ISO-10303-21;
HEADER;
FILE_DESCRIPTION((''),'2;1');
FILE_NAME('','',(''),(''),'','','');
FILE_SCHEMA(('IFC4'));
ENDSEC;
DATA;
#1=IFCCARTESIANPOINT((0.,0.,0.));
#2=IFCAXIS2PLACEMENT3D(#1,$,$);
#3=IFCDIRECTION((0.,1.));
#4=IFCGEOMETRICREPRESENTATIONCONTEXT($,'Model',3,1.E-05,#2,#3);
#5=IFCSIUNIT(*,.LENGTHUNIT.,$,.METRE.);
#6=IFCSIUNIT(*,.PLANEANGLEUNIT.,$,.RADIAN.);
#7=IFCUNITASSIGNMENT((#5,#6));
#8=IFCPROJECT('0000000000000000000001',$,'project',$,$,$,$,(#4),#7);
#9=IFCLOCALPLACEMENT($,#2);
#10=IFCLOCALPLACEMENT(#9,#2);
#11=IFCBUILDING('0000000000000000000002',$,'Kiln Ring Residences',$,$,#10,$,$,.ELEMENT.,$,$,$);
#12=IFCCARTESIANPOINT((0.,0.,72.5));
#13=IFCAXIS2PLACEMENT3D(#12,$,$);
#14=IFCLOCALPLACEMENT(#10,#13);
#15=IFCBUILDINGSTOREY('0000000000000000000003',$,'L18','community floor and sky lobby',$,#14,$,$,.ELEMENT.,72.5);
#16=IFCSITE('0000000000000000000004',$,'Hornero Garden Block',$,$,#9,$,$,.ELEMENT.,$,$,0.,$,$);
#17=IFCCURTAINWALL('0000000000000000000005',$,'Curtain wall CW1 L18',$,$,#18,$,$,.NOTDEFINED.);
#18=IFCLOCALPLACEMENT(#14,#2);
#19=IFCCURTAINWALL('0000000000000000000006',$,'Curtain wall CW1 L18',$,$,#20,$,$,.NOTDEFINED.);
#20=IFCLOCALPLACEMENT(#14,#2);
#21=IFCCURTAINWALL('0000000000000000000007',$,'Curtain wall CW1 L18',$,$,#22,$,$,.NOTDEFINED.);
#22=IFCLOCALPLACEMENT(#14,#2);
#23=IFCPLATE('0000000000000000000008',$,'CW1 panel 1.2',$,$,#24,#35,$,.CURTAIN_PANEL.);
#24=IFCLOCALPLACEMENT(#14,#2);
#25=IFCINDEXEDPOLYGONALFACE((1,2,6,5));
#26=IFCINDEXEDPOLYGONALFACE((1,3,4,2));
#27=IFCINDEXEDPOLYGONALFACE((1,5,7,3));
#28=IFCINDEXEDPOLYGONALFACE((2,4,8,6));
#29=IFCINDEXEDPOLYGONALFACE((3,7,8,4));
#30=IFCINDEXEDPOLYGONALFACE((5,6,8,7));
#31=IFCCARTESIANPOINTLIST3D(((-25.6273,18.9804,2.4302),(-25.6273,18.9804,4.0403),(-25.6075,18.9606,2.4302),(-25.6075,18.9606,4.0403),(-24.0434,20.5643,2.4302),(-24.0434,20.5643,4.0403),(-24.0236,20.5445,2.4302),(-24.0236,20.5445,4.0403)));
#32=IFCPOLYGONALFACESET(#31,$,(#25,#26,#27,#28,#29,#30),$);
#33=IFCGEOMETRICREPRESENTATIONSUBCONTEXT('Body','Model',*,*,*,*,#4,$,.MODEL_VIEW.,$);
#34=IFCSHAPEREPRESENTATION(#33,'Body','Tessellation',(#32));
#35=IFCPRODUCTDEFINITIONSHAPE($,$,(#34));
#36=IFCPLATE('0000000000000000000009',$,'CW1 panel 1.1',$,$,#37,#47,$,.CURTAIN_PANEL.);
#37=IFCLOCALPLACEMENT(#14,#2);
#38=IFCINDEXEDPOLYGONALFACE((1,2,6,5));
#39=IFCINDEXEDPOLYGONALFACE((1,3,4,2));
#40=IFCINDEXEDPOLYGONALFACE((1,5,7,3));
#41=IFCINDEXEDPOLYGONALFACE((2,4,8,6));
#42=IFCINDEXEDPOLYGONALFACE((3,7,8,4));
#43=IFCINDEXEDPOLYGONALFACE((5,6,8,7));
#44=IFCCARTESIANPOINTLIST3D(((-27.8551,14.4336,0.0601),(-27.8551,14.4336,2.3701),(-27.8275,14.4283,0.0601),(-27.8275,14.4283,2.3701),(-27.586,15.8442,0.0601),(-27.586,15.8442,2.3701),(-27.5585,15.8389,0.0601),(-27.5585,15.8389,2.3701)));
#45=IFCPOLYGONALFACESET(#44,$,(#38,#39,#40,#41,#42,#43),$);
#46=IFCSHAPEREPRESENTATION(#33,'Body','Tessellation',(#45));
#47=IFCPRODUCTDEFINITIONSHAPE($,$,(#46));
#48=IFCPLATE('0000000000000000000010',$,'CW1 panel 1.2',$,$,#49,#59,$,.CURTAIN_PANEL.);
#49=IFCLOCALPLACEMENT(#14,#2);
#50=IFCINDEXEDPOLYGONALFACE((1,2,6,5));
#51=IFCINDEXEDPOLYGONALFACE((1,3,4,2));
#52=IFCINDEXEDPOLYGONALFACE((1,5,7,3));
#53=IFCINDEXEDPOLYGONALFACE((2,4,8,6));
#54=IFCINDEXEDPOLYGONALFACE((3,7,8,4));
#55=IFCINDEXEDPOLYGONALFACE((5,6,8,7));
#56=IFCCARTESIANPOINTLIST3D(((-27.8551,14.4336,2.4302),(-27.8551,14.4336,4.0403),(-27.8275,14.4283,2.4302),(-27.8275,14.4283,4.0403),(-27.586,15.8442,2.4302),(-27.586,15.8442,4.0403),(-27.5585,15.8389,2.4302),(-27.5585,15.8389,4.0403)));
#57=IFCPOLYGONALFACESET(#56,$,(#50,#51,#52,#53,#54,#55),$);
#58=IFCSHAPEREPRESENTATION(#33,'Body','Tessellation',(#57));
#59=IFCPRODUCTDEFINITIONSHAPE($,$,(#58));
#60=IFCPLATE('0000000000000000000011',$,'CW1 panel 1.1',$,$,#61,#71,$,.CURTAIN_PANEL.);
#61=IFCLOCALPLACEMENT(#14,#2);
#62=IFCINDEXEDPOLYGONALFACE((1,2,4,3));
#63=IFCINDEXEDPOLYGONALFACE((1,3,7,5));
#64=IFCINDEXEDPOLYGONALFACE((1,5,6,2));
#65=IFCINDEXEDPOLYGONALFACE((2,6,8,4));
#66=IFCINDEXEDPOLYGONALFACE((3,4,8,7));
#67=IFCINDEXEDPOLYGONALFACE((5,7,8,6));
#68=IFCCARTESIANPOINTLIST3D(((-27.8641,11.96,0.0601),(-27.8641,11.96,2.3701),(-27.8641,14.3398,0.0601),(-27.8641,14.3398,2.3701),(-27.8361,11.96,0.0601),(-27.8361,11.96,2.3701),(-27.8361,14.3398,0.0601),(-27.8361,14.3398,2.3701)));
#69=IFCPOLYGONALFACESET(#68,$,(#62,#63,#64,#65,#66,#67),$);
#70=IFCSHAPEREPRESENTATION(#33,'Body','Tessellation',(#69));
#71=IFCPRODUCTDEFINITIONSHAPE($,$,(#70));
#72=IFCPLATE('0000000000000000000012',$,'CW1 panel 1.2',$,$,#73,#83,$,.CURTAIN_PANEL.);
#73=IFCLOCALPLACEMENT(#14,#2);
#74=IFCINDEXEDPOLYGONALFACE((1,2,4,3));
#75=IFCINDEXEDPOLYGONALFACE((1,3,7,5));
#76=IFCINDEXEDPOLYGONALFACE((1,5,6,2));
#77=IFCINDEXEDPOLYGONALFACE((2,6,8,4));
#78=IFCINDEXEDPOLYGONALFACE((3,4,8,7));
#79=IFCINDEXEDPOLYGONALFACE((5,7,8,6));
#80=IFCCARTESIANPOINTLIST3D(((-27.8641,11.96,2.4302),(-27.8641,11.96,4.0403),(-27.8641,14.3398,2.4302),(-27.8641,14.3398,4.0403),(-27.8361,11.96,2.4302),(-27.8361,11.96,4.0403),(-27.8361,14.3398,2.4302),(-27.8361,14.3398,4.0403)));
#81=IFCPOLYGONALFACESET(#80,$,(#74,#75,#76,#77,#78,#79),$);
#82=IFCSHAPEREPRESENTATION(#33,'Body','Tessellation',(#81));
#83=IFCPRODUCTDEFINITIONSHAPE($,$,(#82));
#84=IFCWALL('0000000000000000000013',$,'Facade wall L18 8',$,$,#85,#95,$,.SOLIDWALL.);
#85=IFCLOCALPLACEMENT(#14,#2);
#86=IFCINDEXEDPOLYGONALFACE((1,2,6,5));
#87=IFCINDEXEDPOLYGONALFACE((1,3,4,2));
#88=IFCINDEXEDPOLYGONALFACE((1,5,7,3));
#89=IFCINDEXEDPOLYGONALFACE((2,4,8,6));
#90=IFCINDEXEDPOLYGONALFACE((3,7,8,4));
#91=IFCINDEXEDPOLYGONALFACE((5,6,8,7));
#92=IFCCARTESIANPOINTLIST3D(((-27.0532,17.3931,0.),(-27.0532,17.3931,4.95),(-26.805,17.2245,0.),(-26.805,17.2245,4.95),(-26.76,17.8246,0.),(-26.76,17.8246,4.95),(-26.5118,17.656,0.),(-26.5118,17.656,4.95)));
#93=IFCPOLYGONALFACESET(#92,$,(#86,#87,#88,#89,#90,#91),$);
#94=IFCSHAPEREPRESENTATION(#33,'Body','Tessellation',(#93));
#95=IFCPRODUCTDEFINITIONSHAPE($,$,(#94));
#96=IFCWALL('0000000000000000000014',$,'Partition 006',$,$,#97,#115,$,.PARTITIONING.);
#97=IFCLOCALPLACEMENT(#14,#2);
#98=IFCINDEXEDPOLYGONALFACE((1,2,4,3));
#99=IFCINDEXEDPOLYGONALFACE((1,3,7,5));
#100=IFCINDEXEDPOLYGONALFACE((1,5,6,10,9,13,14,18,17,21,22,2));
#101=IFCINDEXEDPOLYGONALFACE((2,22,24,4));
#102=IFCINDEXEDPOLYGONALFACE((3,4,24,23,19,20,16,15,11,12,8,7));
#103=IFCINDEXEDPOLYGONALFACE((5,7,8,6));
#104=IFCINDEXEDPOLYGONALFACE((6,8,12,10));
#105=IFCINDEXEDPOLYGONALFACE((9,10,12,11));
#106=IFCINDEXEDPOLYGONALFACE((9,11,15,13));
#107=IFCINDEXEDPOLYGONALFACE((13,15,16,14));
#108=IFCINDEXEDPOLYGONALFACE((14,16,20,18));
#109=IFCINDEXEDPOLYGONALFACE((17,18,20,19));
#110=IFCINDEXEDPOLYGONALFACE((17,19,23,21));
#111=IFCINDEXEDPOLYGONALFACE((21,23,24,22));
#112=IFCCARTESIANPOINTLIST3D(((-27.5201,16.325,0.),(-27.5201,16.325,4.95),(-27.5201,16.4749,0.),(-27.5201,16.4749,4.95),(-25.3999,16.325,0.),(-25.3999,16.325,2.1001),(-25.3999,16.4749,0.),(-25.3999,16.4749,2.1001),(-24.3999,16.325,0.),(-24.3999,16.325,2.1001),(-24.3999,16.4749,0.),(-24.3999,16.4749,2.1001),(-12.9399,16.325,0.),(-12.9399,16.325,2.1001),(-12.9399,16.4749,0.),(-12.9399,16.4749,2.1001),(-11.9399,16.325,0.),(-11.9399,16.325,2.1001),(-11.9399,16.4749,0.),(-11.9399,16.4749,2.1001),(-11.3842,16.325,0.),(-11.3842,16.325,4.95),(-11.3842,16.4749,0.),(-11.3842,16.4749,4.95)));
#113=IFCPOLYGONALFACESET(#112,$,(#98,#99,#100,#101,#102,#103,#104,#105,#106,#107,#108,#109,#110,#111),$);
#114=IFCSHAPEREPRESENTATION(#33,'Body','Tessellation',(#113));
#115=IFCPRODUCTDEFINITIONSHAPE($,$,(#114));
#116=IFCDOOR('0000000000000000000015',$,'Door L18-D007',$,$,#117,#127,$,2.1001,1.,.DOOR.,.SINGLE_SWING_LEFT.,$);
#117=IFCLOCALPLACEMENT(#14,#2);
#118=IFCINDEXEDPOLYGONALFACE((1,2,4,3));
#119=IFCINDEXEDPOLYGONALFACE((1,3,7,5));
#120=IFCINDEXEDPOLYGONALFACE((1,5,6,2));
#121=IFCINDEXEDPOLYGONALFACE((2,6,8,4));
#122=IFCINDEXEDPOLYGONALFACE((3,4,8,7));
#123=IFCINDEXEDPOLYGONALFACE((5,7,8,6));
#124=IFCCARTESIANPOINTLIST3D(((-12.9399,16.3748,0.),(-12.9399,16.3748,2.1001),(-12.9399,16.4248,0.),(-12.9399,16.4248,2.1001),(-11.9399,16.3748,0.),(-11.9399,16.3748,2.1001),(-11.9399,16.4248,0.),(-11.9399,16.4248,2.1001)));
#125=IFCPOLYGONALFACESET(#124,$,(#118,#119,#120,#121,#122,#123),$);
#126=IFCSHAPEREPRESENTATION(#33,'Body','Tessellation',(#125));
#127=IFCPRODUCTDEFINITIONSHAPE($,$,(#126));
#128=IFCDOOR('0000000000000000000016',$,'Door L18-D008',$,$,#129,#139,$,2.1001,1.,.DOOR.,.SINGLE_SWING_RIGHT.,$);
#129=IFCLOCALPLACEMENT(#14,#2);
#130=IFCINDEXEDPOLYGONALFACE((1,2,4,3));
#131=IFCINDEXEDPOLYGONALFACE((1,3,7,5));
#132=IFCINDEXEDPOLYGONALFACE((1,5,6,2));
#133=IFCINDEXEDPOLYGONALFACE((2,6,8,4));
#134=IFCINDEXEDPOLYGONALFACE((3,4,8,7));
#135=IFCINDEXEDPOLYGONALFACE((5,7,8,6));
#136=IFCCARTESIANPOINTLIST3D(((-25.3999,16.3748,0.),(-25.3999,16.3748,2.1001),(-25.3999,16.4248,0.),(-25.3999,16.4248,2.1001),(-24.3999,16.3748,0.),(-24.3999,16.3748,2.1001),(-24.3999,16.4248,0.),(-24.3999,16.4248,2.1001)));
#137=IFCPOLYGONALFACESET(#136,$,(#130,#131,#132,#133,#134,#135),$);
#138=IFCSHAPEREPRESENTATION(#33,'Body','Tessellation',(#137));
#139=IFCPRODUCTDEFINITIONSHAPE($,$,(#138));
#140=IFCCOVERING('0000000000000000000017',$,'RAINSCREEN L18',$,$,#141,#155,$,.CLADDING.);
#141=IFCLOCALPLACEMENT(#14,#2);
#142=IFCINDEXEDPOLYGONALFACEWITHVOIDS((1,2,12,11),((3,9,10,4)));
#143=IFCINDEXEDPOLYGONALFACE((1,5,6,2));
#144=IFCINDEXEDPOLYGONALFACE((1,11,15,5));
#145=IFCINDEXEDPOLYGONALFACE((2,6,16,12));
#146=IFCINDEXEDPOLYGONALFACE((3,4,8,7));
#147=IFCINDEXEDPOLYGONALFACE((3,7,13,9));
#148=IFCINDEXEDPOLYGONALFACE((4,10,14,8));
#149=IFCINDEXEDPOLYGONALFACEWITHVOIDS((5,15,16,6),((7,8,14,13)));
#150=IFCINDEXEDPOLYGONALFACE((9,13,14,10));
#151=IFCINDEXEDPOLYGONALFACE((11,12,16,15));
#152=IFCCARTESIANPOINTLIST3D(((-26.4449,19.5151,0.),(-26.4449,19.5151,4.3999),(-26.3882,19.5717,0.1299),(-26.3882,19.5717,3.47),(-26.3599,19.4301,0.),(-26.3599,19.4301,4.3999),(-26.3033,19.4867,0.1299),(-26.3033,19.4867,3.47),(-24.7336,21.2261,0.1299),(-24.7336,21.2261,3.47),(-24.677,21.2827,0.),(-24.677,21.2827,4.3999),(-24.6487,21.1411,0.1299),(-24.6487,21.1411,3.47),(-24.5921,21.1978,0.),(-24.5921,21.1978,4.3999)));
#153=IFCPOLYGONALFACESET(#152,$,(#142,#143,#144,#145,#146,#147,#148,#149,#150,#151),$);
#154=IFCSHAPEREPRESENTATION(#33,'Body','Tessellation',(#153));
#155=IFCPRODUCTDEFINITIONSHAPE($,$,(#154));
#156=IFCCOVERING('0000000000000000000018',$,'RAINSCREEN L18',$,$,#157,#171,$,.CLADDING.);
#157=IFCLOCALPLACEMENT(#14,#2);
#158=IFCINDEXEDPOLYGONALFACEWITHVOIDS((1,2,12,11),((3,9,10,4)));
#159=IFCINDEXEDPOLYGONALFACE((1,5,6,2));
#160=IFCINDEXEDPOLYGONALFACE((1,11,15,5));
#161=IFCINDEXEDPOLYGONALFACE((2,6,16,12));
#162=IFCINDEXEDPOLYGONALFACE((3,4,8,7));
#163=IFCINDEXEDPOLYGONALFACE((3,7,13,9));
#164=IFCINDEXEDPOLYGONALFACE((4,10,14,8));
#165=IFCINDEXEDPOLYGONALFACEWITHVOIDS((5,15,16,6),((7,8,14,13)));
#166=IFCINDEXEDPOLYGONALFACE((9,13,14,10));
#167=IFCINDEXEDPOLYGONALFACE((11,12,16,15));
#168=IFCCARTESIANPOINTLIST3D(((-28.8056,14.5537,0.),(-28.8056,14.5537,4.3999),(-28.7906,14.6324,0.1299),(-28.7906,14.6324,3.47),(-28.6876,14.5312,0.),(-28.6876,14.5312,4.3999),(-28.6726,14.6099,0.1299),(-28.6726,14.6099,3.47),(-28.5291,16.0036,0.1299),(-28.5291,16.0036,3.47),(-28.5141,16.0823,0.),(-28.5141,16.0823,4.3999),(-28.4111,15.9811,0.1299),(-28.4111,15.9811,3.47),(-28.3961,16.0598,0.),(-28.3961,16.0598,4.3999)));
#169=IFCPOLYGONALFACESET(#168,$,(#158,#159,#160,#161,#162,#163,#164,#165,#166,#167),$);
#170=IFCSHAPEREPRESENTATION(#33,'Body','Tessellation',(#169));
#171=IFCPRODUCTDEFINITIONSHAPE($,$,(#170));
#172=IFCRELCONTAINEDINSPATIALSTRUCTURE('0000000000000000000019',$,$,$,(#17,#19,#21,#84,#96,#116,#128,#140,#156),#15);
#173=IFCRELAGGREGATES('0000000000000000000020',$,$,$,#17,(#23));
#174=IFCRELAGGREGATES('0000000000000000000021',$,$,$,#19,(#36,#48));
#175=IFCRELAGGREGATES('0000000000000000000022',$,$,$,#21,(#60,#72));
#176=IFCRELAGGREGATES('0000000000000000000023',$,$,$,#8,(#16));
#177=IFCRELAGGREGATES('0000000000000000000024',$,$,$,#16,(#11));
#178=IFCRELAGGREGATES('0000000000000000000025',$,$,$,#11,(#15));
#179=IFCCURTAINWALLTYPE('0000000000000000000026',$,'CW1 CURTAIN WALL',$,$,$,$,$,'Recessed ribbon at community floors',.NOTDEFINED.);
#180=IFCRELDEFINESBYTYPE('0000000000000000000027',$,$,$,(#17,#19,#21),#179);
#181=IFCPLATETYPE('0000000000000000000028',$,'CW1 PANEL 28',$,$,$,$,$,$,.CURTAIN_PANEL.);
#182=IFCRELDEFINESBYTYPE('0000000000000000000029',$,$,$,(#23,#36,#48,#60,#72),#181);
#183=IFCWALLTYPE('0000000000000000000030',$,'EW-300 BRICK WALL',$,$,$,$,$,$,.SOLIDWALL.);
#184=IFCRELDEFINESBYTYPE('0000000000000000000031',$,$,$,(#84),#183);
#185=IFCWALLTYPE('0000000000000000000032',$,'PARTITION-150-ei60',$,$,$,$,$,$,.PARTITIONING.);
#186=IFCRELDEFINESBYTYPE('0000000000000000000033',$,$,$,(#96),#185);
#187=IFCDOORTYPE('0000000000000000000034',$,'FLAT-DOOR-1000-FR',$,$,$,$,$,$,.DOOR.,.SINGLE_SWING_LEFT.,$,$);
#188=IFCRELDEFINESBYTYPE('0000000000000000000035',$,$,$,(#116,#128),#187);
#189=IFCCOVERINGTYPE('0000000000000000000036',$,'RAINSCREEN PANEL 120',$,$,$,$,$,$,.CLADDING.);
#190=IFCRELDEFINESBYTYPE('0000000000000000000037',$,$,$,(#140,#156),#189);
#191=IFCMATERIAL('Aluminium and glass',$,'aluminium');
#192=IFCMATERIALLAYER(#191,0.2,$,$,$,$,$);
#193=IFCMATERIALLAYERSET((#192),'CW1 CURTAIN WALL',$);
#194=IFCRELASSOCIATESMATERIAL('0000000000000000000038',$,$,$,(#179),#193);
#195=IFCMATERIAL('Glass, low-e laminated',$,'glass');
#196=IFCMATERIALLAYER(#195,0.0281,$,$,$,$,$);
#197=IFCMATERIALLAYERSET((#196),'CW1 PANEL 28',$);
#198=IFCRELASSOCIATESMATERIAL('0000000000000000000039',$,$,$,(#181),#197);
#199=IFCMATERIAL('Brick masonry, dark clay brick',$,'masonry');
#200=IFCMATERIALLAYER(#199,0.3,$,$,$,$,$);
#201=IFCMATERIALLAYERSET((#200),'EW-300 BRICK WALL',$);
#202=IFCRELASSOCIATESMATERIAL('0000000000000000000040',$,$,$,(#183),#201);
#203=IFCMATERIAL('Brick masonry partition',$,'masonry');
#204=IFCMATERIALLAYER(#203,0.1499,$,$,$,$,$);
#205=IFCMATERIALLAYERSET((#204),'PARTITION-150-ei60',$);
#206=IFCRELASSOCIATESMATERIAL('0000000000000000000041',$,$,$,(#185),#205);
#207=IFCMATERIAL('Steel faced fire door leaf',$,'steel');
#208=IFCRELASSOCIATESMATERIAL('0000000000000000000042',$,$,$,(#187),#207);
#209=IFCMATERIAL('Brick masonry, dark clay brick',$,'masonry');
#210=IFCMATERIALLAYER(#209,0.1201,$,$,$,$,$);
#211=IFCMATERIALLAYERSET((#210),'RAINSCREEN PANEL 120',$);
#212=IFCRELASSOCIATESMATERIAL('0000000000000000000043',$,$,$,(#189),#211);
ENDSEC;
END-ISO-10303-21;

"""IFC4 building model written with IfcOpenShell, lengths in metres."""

from ifc_helpers import new_model, si_unit, direction, frame, frame_2d, origin, origin_2d, place, context, subcontext, project, spatial, polyline, rectangle, outline, extrude, material, layer, layer_set, type_object, element, fill, aggregate, save


model = new_model("IFC4")

# Units and contexts
model_context = context("Model", 3, precision=1e-05, world=origin(), true_north=direction((0.0, 1.0)))
body_context = subcontext(model_context, "Body", "Model", "MODEL_VIEW")
ifc_project = project(units=[si_unit("LENGTHUNIT", "METRE"), si_unit("PLANEANGLEUNIT", "RADIAN")], contexts=[model_context])

# Site, building, storey
site_placement = place(None, origin())
site = spatial("IfcSite", under=ifc_project, at=site_placement, Name="Hornero Garden Block", CompositionType="ELEMENT", RefElevation=0.0)
building_placement = place(site_placement, origin())
building = spatial("IfcBuilding", under=site, at=building_placement, Name="Kiln Ring Residences", CompositionType="ELEMENT")
storey_placement = place(building_placement, frame((0.0, 0.0, 72.5)))
storey = spatial("IfcBuildingStorey", under=building, at=storey_placement, Name="L18", Description="community floor and sky lobby", CompositionType="ELEMENT", Elevation=72.5)

# Curtain wall
ifc_material_1 = material(Name="Aluminium and glass", Category="aluminium")
ifc_layer_1 = layer(ifc_material_1, 0.2)
ifc_layer_set_1 = layer_set([ifc_layer_1], Name="CW1 CURTAIN WALL")
curtain_wall_type = type_object("IfcCurtainWallType", Name="CW1 CURTAIN WALL", ElementType="Recessed ribbon at community floors", PredefinedType="NOTDEFINED", material=ifc_layer_set_1)
placement = place(storey_placement, origin())
curtain_wall_1 = element("IfcCurtainWall", 1, at=placement, inside=storey, type_object=curtain_wall_type, Name="Curtain wall CW1 L18", PredefinedType="NOTDEFINED")

# Curtain wall
curtain_wall_2 = element("IfcCurtainWall", 2, at=placement, inside=storey, type_object=curtain_wall_type, Name="Curtain wall CW1 L18", PredefinedType="NOTDEFINED")

# Curtain wall
curtain_wall_3 = element("IfcCurtainWall", 3, at=placement, inside=storey, type_object=curtain_wall_type, Name="Curtain wall CW1 L18", PredefinedType="NOTDEFINED")

# Plates
ifc_material_2 = material(Name="Glass, low-e laminated", Category="glass")
ifc_layer_2 = layer(ifc_material_2, 0.0281)
ifc_layer_set_2 = layer_set([ifc_layer_2], Name="CW1 PANEL 28")
plate_type = type_object("IfcPlateType", Name="CW1 PANEL 28", PredefinedType="CURTAIN_PANEL", material=ifc_layer_set_2)
plate_1_placement = place(storey_placement, frame((-24.8254, 19.7625, 2.4302), z_axis=(0.0, 0.0, 1.0), x_axis=(-0.707107, -0.707107, 0.0)))
plate_1 = element("IfcPlate", 4, at=plate_1_placement, type_object=plate_type, Name="CW1 panel 1.2", PredefinedType="CURTAIN_PANEL", context=body_context, shape_type="SweptSolid", body=[
    extrude(rectangle(XDim=2.24, YDim=0.0281, at=origin_2d()), origin(), (0.0, 0.0, 1.0), 1.6101),
])
aggregate(curtain_wall_1, [plate_1])
plate_2_placement = place(storey_placement, frame((-27.7068, 15.1362, 0.0601), z_axis=(0.0, 0.0, 1.0), x_axis=(-0.187366, -0.98229, 0.0)))
plate_2 = element("IfcPlate", 5, at=plate_2_placement, type_object=plate_type, Name="CW1 panel 1.1", PredefinedType="CURTAIN_PANEL", context=body_context, shape_type="SweptSolid", body=[
    extrude(rectangle(XDim=1.436, YDim=0.0281, at=origin_2d()), origin(), (0.0, 0.0, 1.0), 2.3101),
])
plate_3_placement = place(storey_placement, frame((-27.7068, 15.1362, 2.4302), z_axis=(0.0, 0.0, 1.0), x_axis=(-0.187366, -0.98229, 0.0)))
plate_3 = element("IfcPlate", 6, at=plate_3_placement, type_object=plate_type, Name="CW1 panel 1.2", PredefinedType="CURTAIN_PANEL", context=body_context, shape_type="SweptSolid", body=[
    extrude(rectangle(XDim=1.436, YDim=0.0281, at=origin_2d()), origin(), (0.0, 0.0, 1.0), 1.6101),
])
aggregate(curtain_wall_2, [plate_2, plate_3])
plate_4_placement = place(storey_placement, frame((-27.8501, 13.1499, 0.0601), z_axis=(0.0, 0.0, 1.0), x_axis=(0.0, -1.0, 0.0)))
plate_4 = element("IfcPlate", 7, at=plate_4_placement, type_object=plate_type, Name="CW1 panel 1.1", PredefinedType="CURTAIN_PANEL", context=body_context, shape_type="SweptSolid", body=[
    extrude(rectangle(XDim=2.3799, YDim=0.0281, at=origin_2d()), origin(), (0.0, 0.0, 1.0), 2.3101),
])
plate_5_placement = place(storey_placement, frame((-27.8501, 13.1499, 2.4302), z_axis=(0.0, 0.0, 1.0), x_axis=(0.0, -1.0, 0.0)))
plate_5 = element("IfcPlate", 8, at=plate_5_placement, type_object=plate_type, Name="CW1 panel 1.2", PredefinedType="CURTAIN_PANEL", context=body_context, shape_type="SweptSolid", body=[
    extrude(rectangle(XDim=2.3799, YDim=0.0281, at=origin_2d()), origin(), (0.0, 0.0, 1.0), 1.6101),
])
aggregate(curtain_wall_3, [plate_4, plate_5])

# Wall
ifc_material_3 = material(Name="Brick masonry, dark clay brick", Category="masonry")
ifc_layer_3 = layer(ifc_material_3, 0.3)
ifc_layer_set_3 = layer_set([ifc_layer_3], Name="EW-300 BRICK WALL")
wall_type_1 = type_object("IfcWallType", Name="EW-300 BRICK WALL", PredefinedType="SOLIDWALL", material=ifc_layer_set_3)
wall_1_placement = place(storey_placement, frame((-26.636, 17.7402, 0.0), z_axis=(0.0, 0.0, 1.0), x_axis=(-0.561913, -0.827196, 0.0)))
element("IfcWall", 9, at=wall_1_placement, inside=storey, type_object=wall_type_1, Name="Facade wall L18 8", PredefinedType="SOLIDWALL", context=body_context, shape_type="SweptSolid", body=[
    extrude(rectangle(XDim=0.5217, YDim=0.3, at=frame_2d((0.2607, 0.0))), origin(), (0.0, 0.0, 1.0), 4.95),
])

# Wall, openings, doors
ifc_material_4 = material(Name="Brick masonry partition", Category="masonry")
ifc_layer_4 = layer(ifc_material_4, 0.1499)
ifc_layer_set_4 = layer_set([ifc_layer_4], Name="PARTITION-150-ei60")
wall_type_2 = type_object("IfcWallType", Name="PARTITION-150-ei60", PredefinedType="PARTITIONING", material=ifc_layer_set_4)
wall_2_placement = place(storey_placement, frame((-27.52, 16.3999, 0.0), z_axis=(0.0, 0.0, 1.0), x_axis=(1.0, 0.0, 0.0)))
wall_2 = element("IfcWall", 10, at=wall_2_placement, inside=storey, type_object=wall_type_2, Name="Partition 006", PredefinedType="PARTITIONING", context=body_context, shape_type="SweptSolid", body=[
    extrude(rectangle(XDim=16.136, YDim=0.1499, at=frame_2d((8.0679, 0.0))), origin(), (0.0, 0.0, 1.0), 4.95),
])
opening_1_placement = place(wall_2_placement, frame((14.5801, 0.0, 0.0)))
opening_1 = element("IfcOpeningElement", 11, at=opening_1_placement, cuts=wall_2, PredefinedType="OPENING", context=body_context, shape_type="SweptSolid", body=[
    extrude(rectangle(XDim=1.0, YDim=2.1001, at=frame_2d((0.5, 1.05))), frame((0.0, 0.085, 0.0), z_axis=(0.0, -1.0, 0.0), x_axis=(1.0, 0.0, 0.0)), (0.0, 0.0, 1.0), 0.1699),
])
opening_2_placement = place(wall_2_placement, frame((2.1201, 0.0, 0.0)))
opening_2 = element("IfcOpeningElement", 12, at=opening_2_placement, cuts=wall_2, PredefinedType="OPENING", context=body_context, shape_type="SweptSolid", body=[
    extrude(rectangle(XDim=1.0, YDim=2.1001, at=frame_2d((0.5, 1.05))), frame((0.0, 0.085, 0.0), z_axis=(0.0, -1.0, 0.0), x_axis=(1.0, 0.0, 0.0)), (0.0, 0.0, 1.0), 0.1699),
])
ifc_material_5 = material(Name="Steel faced fire door leaf", Category="steel")
door_type = type_object("IfcDoorType", Name="FLAT-DOOR-1000-FR", OperationType="SINGLE_SWING_LEFT", PredefinedType="DOOR", material=ifc_material_5)
door_1_placement = place(opening_1_placement, origin())
door_1 = element("IfcDoor", 13, at=door_1_placement, inside=storey, type_object=door_type, Name="Door L18-D007", OperationType="SINGLE_SWING_LEFT", OverallHeight=2.1001, OverallWidth=1.0, PredefinedType="DOOR", context=body_context, shape_type="SweptSolid", body=[
    extrude(rectangle(XDim=1.0, YDim=2.1001, at=frame_2d((0.5, 1.05))), frame((0.0, 0.0249, 0.0), z_axis=(0.0, -1.0, 0.0), x_axis=(1.0, 0.0, 0.0)), (0.0, 0.0, 1.0), 0.05),
])
fill(opening_1, door_1)
door_2_placement = place(opening_2_placement, origin())
door_2 = element("IfcDoor", 14, at=door_2_placement, inside=storey, type_object=door_type, Name="Door L18-D008", OperationType="SINGLE_SWING_RIGHT", OverallHeight=2.1001, OverallWidth=1.0, PredefinedType="DOOR", context=body_context, shape_type="SweptSolid", body=[
    extrude(rectangle(XDim=1.0, YDim=2.1001, at=frame_2d((0.5, 1.05))), frame((0.0, 0.0249, 0.0), z_axis=(0.0, -1.0, 0.0), x_axis=(1.0, 0.0, 0.0)), (0.0, 0.0, 1.0), 0.05),
])
fill(opening_2, door_2)

# Coverings
ifc_material_6 = material(Name="Brick masonry, dark clay brick", Category="masonry")
ifc_layer_5 = layer(ifc_material_6, 0.1201)
ifc_layer_set_5 = layer_set([ifc_layer_5], Name="RAINSCREEN PANEL 120")
covering_type = type_object("IfcCoveringType", Name="RAINSCREEN PANEL 120", PredefinedType="CLADDING", material=ifc_layer_set_5)
covering_1_placement = place(storey_placement, frame((-24.6345, 21.2402, 0.0), z_axis=(0.0, 0.0, 1.0), x_axis=(-0.707156, -0.707058, 0.0)))
element("IfcCovering", 15, at=covering_1_placement, inside=storey, type_object=covering_type, Name="RAINSCREEN L18", PredefinedType="CLADDING", context=body_context, shape_type="SweptSolid", body=[
    extrude(outline(polyline([(0.0, 0.0), (2.5, 0.0), (2.5, 4.3999), (0.0, 4.3999), (0.0, 0.0)]), holes=[polyline([(0.0801, 3.47), (0.0801, 0.1299), (2.4199, 0.1299), (2.4199, 3.47), (0.0801, 3.47)])]), frame((0.0, 0.0601, 0.0), z_axis=(0.0, -1.0, 0.0), x_axis=(1.0, 0.0, 0.0)), (0.0, 0.0, 1.0), 0.1201),
])
covering_2_placement = place(storey_placement, frame((-28.4551, 16.071, 0.0), z_axis=(0.0, 0.0, 1.0), x_axis=(-0.187328, -0.982297, 0.0)))
element("IfcCovering", 16, at=covering_2_placement, inside=storey, type_object=covering_type, Name="RAINSCREEN L18", PredefinedType="CLADDING", context=body_context, shape_type="SweptSolid", body=[
    extrude(outline(polyline([(0.0, 0.0), (1.5562, 0.0), (1.5562, 4.3999), (0.0, 4.3999), (0.0, 0.0)]), holes=[polyline([(0.0801, 3.47), (0.0801, 0.1299), (1.4761, 0.1299), (1.4761, 3.47), (0.0801, 3.47)])]), frame((0.0, 0.0601, 0.0), z_axis=(0.0, -1.0, 0.0), x_axis=(1.0, 0.0, 0.0)), (0.0, 0.0, 1.0), 0.1201),
])

save(model, "model.ifc")
